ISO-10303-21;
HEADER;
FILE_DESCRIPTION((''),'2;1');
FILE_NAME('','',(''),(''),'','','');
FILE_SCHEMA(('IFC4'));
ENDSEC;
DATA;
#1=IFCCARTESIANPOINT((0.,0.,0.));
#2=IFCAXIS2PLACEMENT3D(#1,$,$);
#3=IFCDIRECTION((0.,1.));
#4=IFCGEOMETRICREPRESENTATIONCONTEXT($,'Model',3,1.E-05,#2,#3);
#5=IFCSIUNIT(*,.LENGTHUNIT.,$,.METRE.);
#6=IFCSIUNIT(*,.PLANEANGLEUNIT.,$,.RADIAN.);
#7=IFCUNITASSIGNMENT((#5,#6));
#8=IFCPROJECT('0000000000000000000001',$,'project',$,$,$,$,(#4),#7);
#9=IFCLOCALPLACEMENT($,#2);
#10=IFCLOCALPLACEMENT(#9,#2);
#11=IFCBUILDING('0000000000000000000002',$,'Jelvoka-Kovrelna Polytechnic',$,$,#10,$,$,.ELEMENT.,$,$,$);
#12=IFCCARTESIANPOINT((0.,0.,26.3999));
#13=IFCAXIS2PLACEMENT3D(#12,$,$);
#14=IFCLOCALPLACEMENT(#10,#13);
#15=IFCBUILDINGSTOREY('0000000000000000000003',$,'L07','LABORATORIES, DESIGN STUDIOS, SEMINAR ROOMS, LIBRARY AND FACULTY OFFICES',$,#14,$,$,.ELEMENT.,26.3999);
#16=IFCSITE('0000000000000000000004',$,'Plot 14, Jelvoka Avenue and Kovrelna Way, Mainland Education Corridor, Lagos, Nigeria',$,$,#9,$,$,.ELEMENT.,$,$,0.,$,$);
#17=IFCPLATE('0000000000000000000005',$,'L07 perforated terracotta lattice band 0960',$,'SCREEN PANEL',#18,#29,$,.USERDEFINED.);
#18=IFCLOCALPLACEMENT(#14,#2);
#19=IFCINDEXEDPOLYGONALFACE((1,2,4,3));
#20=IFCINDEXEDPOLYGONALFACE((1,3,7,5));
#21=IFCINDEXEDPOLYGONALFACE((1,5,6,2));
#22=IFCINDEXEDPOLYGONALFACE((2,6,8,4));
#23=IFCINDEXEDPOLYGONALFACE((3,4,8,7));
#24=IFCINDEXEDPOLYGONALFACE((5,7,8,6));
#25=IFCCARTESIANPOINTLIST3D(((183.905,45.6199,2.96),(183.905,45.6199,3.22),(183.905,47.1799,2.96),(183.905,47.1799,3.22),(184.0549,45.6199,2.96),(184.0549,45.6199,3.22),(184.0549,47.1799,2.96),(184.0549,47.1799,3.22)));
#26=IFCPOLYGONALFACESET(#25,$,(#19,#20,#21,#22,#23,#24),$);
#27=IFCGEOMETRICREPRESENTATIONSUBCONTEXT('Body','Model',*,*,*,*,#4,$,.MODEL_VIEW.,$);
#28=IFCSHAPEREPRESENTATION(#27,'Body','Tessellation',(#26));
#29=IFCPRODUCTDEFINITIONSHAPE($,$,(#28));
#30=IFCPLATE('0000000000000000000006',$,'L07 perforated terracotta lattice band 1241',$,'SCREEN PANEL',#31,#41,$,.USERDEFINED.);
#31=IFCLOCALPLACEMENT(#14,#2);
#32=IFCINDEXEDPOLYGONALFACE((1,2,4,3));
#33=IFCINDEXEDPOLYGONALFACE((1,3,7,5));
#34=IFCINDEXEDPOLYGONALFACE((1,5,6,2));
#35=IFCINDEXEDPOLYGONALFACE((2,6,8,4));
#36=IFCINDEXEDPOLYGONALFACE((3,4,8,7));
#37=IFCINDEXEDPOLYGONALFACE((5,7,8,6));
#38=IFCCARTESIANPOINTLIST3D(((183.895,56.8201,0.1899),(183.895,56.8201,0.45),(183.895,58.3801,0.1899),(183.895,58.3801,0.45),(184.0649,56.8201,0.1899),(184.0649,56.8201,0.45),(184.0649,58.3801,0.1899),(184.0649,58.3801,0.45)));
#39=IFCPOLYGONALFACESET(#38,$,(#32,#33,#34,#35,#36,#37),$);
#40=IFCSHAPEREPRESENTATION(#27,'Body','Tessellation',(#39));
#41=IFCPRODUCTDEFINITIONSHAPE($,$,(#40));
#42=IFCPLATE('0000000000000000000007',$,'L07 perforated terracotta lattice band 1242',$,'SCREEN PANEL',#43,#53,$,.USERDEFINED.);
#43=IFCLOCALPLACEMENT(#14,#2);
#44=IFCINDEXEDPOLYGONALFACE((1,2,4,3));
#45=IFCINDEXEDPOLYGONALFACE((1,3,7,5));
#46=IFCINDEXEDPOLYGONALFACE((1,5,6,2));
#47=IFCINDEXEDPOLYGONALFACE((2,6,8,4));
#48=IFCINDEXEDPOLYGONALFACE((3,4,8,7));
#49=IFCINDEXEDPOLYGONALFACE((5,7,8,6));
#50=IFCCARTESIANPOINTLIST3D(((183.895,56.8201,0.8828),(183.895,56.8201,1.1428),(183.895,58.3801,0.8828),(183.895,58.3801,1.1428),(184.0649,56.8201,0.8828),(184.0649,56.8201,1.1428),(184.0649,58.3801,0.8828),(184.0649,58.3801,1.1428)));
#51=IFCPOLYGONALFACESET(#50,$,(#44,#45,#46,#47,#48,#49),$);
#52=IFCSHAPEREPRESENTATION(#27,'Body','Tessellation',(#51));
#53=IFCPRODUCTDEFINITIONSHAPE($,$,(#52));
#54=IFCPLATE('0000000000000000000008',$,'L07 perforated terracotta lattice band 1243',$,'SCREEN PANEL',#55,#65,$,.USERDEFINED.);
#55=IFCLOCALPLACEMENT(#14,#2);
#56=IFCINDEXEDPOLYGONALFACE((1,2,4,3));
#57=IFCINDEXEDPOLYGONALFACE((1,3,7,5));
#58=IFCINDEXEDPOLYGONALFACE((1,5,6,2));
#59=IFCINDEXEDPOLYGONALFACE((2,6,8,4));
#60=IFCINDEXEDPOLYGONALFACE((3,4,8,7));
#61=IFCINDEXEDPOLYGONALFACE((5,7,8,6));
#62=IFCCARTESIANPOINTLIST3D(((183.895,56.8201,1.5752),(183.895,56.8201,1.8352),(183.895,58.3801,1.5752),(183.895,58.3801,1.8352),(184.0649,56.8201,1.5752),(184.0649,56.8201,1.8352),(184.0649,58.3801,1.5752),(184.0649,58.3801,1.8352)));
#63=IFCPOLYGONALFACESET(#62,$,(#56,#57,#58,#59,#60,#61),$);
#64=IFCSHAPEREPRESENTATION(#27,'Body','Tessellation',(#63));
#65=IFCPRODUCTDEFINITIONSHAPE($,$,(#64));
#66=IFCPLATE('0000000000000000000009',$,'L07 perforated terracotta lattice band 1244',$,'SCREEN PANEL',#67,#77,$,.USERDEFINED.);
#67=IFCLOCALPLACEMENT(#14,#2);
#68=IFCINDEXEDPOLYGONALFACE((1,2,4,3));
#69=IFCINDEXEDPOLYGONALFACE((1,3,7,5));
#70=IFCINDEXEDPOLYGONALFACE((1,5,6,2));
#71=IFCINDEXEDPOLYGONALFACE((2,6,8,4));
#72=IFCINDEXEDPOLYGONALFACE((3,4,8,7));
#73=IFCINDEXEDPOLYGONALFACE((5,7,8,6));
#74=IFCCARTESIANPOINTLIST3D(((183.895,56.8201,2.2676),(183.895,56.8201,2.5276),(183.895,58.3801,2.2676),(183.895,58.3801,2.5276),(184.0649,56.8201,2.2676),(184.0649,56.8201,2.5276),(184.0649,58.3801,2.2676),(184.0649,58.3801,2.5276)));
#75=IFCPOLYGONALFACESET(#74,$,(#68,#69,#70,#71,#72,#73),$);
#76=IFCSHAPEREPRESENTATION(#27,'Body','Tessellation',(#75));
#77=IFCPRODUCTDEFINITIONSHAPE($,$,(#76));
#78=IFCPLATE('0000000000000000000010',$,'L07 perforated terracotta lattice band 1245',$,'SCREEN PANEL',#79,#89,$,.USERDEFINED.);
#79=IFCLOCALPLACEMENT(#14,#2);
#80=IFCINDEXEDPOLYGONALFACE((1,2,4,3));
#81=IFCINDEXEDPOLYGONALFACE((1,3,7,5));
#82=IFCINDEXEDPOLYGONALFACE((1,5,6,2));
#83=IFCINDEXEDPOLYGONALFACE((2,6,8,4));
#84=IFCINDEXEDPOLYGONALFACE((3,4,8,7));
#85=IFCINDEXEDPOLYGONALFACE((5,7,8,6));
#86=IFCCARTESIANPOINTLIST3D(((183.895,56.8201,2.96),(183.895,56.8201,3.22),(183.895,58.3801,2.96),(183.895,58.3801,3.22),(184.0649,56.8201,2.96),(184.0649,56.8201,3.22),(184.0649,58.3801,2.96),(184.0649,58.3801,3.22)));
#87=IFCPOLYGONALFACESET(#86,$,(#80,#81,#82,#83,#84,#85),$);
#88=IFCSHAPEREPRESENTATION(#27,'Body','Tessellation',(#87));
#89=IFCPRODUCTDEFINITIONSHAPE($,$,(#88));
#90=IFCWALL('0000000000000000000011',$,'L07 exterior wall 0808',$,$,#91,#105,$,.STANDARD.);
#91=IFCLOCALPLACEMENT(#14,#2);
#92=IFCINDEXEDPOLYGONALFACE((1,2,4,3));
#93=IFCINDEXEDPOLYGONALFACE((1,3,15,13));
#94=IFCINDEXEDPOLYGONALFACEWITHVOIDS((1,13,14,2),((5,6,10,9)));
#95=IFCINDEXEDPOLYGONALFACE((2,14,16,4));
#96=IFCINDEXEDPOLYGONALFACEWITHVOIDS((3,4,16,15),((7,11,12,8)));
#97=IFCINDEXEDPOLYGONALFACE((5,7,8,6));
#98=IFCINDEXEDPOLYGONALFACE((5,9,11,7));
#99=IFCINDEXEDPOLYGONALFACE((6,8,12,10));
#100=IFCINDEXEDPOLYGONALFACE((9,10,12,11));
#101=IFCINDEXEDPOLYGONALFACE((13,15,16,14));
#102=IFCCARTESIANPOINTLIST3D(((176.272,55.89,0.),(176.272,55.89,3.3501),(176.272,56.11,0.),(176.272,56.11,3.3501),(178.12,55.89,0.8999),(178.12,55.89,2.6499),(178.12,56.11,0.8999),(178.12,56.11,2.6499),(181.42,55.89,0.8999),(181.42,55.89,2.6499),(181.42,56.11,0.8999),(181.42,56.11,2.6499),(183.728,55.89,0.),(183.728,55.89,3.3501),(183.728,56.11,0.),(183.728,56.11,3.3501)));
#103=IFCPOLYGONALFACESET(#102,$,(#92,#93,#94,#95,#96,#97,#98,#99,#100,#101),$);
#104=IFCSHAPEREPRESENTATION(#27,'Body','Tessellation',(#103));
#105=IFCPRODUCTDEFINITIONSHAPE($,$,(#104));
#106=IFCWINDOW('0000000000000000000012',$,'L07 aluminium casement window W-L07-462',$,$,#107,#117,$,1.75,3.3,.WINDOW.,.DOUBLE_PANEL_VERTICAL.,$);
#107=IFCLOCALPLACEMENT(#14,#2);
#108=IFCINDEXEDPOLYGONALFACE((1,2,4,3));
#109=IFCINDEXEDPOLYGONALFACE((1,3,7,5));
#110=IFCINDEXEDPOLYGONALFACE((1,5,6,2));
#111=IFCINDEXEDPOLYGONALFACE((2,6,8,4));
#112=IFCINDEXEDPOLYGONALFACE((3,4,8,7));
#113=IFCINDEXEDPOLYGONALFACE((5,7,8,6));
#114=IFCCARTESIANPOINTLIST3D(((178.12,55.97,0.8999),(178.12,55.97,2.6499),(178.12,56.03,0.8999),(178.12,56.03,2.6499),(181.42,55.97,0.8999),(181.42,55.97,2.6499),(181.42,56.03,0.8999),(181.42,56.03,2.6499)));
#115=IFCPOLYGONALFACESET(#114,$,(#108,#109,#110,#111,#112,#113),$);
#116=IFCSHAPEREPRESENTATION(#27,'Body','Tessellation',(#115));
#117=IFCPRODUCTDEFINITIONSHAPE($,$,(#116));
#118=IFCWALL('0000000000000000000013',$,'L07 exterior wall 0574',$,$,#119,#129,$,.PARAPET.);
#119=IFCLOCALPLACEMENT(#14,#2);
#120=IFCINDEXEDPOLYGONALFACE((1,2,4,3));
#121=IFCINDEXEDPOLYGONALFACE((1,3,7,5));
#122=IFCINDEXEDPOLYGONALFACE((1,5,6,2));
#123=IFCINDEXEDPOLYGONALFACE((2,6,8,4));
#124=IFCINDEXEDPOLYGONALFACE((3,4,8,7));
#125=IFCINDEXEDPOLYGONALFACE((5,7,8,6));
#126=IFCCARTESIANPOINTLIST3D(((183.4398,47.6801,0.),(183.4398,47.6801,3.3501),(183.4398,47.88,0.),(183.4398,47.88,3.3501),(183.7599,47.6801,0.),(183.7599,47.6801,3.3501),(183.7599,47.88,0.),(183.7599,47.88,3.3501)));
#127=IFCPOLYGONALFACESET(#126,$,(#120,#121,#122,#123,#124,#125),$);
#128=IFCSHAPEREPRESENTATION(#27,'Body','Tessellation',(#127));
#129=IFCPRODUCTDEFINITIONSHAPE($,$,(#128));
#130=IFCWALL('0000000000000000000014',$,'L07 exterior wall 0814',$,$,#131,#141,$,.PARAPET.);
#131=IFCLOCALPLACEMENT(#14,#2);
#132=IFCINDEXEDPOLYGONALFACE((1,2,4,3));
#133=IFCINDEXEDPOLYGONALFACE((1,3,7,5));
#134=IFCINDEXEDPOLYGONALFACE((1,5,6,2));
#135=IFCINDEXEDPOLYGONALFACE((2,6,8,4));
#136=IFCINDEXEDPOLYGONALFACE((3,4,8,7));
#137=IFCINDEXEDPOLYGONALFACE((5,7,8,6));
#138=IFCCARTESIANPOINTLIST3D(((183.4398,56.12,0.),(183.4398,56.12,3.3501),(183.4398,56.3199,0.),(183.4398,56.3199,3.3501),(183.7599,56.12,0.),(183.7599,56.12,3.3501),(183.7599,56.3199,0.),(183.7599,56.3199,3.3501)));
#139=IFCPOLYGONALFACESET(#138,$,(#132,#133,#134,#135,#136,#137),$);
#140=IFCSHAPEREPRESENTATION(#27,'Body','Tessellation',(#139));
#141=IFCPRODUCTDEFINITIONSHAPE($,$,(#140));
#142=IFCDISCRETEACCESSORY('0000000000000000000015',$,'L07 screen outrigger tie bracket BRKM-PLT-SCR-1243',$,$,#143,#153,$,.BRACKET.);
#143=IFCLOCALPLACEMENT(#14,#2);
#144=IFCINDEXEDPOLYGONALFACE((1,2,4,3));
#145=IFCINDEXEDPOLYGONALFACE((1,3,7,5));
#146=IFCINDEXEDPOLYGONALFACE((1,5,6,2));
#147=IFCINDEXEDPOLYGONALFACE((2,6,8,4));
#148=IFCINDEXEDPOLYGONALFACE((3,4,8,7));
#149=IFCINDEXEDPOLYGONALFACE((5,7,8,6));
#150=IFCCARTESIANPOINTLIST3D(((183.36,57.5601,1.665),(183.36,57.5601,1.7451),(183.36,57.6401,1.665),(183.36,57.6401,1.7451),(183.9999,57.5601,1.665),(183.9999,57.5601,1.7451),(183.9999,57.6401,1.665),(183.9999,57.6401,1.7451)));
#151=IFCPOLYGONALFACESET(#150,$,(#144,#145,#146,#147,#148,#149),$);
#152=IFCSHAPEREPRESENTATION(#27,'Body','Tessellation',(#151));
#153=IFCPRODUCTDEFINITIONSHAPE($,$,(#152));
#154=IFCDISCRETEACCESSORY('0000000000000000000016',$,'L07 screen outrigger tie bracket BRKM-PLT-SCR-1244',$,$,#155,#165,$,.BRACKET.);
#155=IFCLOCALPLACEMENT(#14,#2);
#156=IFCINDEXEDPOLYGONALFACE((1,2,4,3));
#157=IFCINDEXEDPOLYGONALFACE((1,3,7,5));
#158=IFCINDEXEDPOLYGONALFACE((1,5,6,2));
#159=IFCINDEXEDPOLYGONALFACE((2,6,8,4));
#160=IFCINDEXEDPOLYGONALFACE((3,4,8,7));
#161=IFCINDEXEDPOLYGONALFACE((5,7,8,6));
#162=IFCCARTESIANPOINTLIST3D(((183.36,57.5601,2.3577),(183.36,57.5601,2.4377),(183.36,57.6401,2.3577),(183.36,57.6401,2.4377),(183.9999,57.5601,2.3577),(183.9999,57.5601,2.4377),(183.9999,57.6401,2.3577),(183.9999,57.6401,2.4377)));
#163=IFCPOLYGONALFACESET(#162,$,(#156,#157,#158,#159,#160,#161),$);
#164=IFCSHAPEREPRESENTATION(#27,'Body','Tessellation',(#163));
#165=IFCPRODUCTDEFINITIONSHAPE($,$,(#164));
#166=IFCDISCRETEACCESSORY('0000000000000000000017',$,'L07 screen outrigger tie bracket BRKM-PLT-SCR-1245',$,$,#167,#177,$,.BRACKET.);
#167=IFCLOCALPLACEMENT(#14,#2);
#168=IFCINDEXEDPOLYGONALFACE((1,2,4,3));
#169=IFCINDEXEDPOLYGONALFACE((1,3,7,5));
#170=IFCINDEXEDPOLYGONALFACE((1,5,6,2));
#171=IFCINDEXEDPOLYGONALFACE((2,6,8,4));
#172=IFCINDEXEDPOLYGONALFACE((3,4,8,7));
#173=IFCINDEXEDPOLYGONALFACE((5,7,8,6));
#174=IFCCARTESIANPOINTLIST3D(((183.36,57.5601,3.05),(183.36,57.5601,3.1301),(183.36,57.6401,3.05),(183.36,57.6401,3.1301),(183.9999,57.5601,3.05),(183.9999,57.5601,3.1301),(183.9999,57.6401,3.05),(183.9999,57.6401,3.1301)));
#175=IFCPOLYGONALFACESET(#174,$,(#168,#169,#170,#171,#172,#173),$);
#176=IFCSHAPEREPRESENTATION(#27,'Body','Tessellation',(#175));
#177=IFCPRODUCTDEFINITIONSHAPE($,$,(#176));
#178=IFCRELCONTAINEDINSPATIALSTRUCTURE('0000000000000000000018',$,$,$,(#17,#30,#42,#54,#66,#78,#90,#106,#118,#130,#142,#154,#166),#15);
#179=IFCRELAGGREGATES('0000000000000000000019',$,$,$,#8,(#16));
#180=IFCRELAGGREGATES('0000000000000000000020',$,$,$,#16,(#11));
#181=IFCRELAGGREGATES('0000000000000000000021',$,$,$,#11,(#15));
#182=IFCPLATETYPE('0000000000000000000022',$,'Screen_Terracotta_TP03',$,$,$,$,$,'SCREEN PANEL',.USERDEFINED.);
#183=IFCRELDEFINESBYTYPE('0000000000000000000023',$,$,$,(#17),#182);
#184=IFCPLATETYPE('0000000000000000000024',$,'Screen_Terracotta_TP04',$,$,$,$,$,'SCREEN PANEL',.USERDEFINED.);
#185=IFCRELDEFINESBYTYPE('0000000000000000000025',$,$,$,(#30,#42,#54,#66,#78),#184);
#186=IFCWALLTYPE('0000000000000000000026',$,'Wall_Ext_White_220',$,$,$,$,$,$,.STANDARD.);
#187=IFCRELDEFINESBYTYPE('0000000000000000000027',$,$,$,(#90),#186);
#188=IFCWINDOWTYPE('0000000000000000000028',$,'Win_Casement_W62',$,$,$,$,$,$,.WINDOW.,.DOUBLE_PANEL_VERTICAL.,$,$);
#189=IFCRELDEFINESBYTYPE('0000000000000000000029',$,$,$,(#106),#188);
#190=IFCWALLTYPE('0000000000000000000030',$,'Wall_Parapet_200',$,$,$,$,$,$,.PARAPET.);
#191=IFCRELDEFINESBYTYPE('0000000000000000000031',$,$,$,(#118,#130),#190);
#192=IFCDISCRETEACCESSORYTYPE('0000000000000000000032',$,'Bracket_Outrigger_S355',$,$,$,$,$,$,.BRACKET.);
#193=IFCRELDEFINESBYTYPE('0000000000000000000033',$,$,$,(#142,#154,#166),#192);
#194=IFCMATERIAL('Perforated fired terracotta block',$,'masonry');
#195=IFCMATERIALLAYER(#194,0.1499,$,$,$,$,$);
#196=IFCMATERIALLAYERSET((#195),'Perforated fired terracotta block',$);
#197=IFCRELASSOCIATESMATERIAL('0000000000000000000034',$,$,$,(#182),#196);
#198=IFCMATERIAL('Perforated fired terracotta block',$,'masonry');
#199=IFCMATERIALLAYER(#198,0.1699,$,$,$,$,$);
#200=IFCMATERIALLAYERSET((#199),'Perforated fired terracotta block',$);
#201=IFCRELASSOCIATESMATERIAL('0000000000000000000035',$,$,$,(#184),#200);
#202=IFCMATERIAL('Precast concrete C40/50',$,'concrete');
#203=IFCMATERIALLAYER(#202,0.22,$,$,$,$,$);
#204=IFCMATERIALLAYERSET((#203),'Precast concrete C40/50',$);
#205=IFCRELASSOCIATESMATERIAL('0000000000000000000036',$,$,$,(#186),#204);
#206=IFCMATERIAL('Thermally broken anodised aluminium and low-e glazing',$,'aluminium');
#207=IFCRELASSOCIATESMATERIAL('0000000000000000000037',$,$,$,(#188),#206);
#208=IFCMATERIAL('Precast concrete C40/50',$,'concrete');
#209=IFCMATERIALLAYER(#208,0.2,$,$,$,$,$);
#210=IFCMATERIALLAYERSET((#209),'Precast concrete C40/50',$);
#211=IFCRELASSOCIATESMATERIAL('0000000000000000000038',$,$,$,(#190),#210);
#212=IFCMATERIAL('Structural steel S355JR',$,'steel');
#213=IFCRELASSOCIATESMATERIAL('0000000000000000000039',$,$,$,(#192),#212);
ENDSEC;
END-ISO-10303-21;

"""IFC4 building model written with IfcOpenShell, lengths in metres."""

from ifc_helpers import new_model, si_unit, direction, frame, frame_2d, origin, origin_2d, place, context, subcontext, project, spatial, rectangle, extrude, material, layer, layer_set, type_object, element, fill, save


model = new_model("IFC4")

# Units and contexts
model_context = context("Model", 3, precision=1e-05, world=origin(), true_north=direction((0.0, 1.0)))
body_context = subcontext(model_context, "Body", "Model", "MODEL_VIEW")
ifc_project = project(units=[si_unit("LENGTHUNIT", "METRE"), si_unit("PLANEANGLEUNIT", "RADIAN")], contexts=[model_context])

# Site, building, storey
site_placement = place(None, origin())
site = spatial("IfcSite", under=ifc_project, at=site_placement, Name="Plot 14, Jelvoka Avenue and Kovrelna Way, Mainland Education Corridor, Lagos, Nigeria", CompositionType="ELEMENT", RefElevation=0.0)
building_placement = place(site_placement, origin())
building = spatial("IfcBuilding", under=site, at=building_placement, Name="Jelvoka-Kovrelna Polytechnic", CompositionType="ELEMENT")
storey_placement = place(building_placement, frame((0.0, 0.0, 26.3999)))
storey = spatial("IfcBuildingStorey", under=building, at=storey_placement, Name="L07", Description="LABORATORIES, DESIGN STUDIOS, SEMINAR ROOMS, LIBRARY AND FACULTY OFFICES", CompositionType="ELEMENT", Elevation=26.3999)

# Plates
ifc_material_1 = material(Name="Perforated fired terracotta block", Category="masonry")
ifc_layer_1 = layer(ifc_material_1, 0.1499)
ifc_layer_set_1 = layer_set([ifc_layer_1], Name="Perforated fired terracotta block")
plate_type_1 = type_object("IfcPlateType", Name="Screen_Terracotta_TP03", ElementType="SCREEN PANEL", PredefinedType="USERDEFINED", material=ifc_layer_set_1)
for number, where, z_axis, x_axis, name in (
    (1, (183.98, 46.3999, 2.96), (0.0, 0.0, 1.0), (0.0, 1.0, 0.0), "L07 perforated terracotta lattice band 0960"),
):
    element("IfcPlate", number, at=place(storey_placement, frame(where, z_axis=z_axis, x_axis=x_axis)), inside=storey, type_object=plate_type_1, Name=name, ObjectType="SCREEN PANEL", PredefinedType="USERDEFINED", context=body_context, shape_type="SweptSolid", body=[
        extrude(rectangle(XDim=1.5601, YDim=0.1499, at=origin_2d()), origin(), (0.0, 0.0, 1.0), 0.26),
    ])
ifc_material_2 = material(Name="Perforated fired terracotta block", Category="masonry")
ifc_layer_2 = layer(ifc_material_2, 0.1699)
ifc_layer_set_2 = layer_set([ifc_layer_2], Name="Perforated fired terracotta block")
plate_type_2 = type_object("IfcPlateType", Name="Screen_Terracotta_TP04", ElementType="SCREEN PANEL", PredefinedType="USERDEFINED", material=ifc_layer_set_2)
for number, where, z_axis, x_axis, name in (
    (2, (183.98, 57.6001, 0.1899), (0.0, 0.0, 1.0), (0.0, 1.0, 0.0), "L07 perforated terracotta lattice band 1241"),
    (3, (183.98, 57.6001, 0.8828), (0.0, 0.0, 1.0), (0.0, 1.0, 0.0), "L07 perforated terracotta lattice band 1242"),
    (4, (183.98, 57.6001, 1.5752), (0.0, 0.0, 1.0), (0.0, 1.0, 0.0), "L07 perforated terracotta lattice band 1243"),
    (5, (183.98, 57.6001, 2.2676), (0.0, 0.0, 1.0), (0.0, 1.0, 0.0), "L07 perforated terracotta lattice band 1244"),
    (6, (183.98, 57.6001, 2.96), (0.0, 0.0, 1.0), (0.0, 1.0, 0.0), "L07 perforated terracotta lattice band 1245"),
):
    element("IfcPlate", number, at=place(storey_placement, frame(where, z_axis=z_axis, x_axis=x_axis)), inside=storey, type_object=plate_type_2, Name=name, ObjectType="SCREEN PANEL", PredefinedType="USERDEFINED", context=body_context, shape_type="SweptSolid", body=[
        extrude(rectangle(XDim=1.5601, YDim=0.1699, at=origin_2d()), origin(), (0.0, 0.0, 1.0), 0.26),
    ])

# Wall, opening, window
ifc_material_3 = material(Name="Precast concrete C40/50", Category="concrete")
ifc_layer_3 = layer(ifc_material_3, 0.22)
ifc_layer_set_3 = layer_set([ifc_layer_3], Name="Precast concrete C40/50")
wall_type_1 = type_object("IfcWallType", Name="Wall_Ext_White_220", PredefinedType="STANDARD", material=ifc_layer_set_3)
wall_placement = place(storey_placement, frame((183.728, 56.0, 0.0), z_axis=(0.0, 0.0, 1.0), x_axis=(-1.0, 0.0, 0.0)))
wall = element("IfcWall", 7, at=wall_placement, inside=storey, type_object=wall_type_1, Name="L07 exterior wall 0808", PredefinedType="STANDARD", context=body_context, shape_type="SweptSolid", body=[
    extrude(rectangle(XDim=7.4561, YDim=0.22, at=frame_2d((3.728, 0.0))), origin(), (0.0, 0.0, 1.0), 3.3501),
])
opening_placement = place(wall_placement, frame((2.3081, 0.0, 0.8999)))
opening = element("IfcOpeningElement", 8, at=opening_placement, cuts=wall, PredefinedType="OPENING", context=body_context, shape_type="SweptSolid", body=[
    extrude(rectangle(XDim=3.3, YDim=1.75, at=frame_2d((1.6499, 0.875))), frame((0.0, 0.1199, 0.0), z_axis=(0.0, -1.0, 0.0), x_axis=(1.0, 0.0, 0.0)), (0.0, 0.0, 1.0), 0.24),
])
ifc_material_4 = material(Name="Thermally broken anodised aluminium and low-e glazing", Category="aluminium")
window_type = type_object("IfcWindowType", Name="Win_Casement_W62", PartitioningType="DOUBLE_PANEL_VERTICAL", PredefinedType="WINDOW", material=ifc_material_4)
window_placement = place(opening_placement, origin())
window = element("IfcWindow", 9, at=window_placement, inside=storey, type_object=window_type, Name="L07 aluminium casement window W-L07-462", OverallHeight=1.75, OverallWidth=3.3, PartitioningType="DOUBLE_PANEL_VERTICAL", PredefinedType="WINDOW", context=body_context, shape_type="SweptSolid", body=[
    extrude(rectangle(XDim=3.3, YDim=1.75, at=frame_2d((1.6499, 0.875))), frame((0.0, 0.03, 0.0), z_axis=(0.0, -1.0, 0.0), x_axis=(1.0, 0.0, 0.0)), (0.0, 0.0, 1.0), 0.0601),
])
fill(opening, window)

# Walls
ifc_material_5 = material(Name="Precast concrete C40/50", Category="concrete")
ifc_layer_4 = layer(ifc_material_5, 0.2)
ifc_layer_set_4 = layer_set([ifc_layer_4], Name="Precast concrete C40/50")
wall_type_2 = type_object("IfcWallType", Name="Wall_Parapet_200", PredefinedType="PARAPET", material=ifc_layer_set_4)
for number, where, z_axis, x_axis, name in (
    (10, (183.76, 47.78, 0.0), (0.0, 0.0, 1.0), (-1.0, 0.0, 0.0), "L07 exterior wall 0574"),
    (11, (183.76, 56.22, 0.0), (0.0, 0.0, 1.0), (-1.0, 0.0, 0.0), "L07 exterior wall 0814"),
):
    element("IfcWall", number, at=place(storey_placement, frame(where, z_axis=z_axis, x_axis=x_axis)), inside=storey, type_object=wall_type_2, Name=name, PredefinedType="PARAPET", context=body_context, shape_type="SweptSolid", body=[
        extrude(rectangle(XDim=0.3201, YDim=0.2, at=frame_2d((0.1602, 0.0))), origin(), (0.0, 0.0, 1.0), 3.3501),
    ])

# Discrete accessories
ifc_material_6 = material(Name="Structural steel S355JR", Category="steel")
discrete_accessory_type = type_object("IfcDiscreteAccessoryType", Name="Bracket_Outrigger_S355", PredefinedType="BRACKET", material=ifc_material_6)
for number, where, z_axis, x_axis, name in (
    (12, (183.6799, 57.6001, 1.665), (0.0, 0.0, 1.0), (1.0, 0.0, 0.0), "L07 screen outrigger tie bracket BRKM-PLT-SCR-1243"),
    (13, (183.6799, 57.6001, 2.3577), (0.0, 0.0, 1.0), (1.0, 0.0, 0.0), "L07 screen outrigger tie bracket BRKM-PLT-SCR-1244"),
    (14, (183.6799, 57.6001, 3.05), (0.0, 0.0, 1.0), (1.0, 0.0, 0.0), "L07 screen outrigger tie bracket BRKM-PLT-SCR-1245"),
):
    element("IfcDiscreteAccessory", number, at=place(storey_placement, frame(where, z_axis=z_axis, x_axis=x_axis)), inside=storey, type_object=discrete_accessory_type, Name=name, PredefinedType="BRACKET", context=body_context, shape_type="SweptSolid", body=[
        extrude(rectangle(XDim=0.6399, YDim=0.0801, at=origin_2d()), origin(), (0.0, 0.0, 1.0), 0.0801),
    ])

save(model, "model.ifc")
